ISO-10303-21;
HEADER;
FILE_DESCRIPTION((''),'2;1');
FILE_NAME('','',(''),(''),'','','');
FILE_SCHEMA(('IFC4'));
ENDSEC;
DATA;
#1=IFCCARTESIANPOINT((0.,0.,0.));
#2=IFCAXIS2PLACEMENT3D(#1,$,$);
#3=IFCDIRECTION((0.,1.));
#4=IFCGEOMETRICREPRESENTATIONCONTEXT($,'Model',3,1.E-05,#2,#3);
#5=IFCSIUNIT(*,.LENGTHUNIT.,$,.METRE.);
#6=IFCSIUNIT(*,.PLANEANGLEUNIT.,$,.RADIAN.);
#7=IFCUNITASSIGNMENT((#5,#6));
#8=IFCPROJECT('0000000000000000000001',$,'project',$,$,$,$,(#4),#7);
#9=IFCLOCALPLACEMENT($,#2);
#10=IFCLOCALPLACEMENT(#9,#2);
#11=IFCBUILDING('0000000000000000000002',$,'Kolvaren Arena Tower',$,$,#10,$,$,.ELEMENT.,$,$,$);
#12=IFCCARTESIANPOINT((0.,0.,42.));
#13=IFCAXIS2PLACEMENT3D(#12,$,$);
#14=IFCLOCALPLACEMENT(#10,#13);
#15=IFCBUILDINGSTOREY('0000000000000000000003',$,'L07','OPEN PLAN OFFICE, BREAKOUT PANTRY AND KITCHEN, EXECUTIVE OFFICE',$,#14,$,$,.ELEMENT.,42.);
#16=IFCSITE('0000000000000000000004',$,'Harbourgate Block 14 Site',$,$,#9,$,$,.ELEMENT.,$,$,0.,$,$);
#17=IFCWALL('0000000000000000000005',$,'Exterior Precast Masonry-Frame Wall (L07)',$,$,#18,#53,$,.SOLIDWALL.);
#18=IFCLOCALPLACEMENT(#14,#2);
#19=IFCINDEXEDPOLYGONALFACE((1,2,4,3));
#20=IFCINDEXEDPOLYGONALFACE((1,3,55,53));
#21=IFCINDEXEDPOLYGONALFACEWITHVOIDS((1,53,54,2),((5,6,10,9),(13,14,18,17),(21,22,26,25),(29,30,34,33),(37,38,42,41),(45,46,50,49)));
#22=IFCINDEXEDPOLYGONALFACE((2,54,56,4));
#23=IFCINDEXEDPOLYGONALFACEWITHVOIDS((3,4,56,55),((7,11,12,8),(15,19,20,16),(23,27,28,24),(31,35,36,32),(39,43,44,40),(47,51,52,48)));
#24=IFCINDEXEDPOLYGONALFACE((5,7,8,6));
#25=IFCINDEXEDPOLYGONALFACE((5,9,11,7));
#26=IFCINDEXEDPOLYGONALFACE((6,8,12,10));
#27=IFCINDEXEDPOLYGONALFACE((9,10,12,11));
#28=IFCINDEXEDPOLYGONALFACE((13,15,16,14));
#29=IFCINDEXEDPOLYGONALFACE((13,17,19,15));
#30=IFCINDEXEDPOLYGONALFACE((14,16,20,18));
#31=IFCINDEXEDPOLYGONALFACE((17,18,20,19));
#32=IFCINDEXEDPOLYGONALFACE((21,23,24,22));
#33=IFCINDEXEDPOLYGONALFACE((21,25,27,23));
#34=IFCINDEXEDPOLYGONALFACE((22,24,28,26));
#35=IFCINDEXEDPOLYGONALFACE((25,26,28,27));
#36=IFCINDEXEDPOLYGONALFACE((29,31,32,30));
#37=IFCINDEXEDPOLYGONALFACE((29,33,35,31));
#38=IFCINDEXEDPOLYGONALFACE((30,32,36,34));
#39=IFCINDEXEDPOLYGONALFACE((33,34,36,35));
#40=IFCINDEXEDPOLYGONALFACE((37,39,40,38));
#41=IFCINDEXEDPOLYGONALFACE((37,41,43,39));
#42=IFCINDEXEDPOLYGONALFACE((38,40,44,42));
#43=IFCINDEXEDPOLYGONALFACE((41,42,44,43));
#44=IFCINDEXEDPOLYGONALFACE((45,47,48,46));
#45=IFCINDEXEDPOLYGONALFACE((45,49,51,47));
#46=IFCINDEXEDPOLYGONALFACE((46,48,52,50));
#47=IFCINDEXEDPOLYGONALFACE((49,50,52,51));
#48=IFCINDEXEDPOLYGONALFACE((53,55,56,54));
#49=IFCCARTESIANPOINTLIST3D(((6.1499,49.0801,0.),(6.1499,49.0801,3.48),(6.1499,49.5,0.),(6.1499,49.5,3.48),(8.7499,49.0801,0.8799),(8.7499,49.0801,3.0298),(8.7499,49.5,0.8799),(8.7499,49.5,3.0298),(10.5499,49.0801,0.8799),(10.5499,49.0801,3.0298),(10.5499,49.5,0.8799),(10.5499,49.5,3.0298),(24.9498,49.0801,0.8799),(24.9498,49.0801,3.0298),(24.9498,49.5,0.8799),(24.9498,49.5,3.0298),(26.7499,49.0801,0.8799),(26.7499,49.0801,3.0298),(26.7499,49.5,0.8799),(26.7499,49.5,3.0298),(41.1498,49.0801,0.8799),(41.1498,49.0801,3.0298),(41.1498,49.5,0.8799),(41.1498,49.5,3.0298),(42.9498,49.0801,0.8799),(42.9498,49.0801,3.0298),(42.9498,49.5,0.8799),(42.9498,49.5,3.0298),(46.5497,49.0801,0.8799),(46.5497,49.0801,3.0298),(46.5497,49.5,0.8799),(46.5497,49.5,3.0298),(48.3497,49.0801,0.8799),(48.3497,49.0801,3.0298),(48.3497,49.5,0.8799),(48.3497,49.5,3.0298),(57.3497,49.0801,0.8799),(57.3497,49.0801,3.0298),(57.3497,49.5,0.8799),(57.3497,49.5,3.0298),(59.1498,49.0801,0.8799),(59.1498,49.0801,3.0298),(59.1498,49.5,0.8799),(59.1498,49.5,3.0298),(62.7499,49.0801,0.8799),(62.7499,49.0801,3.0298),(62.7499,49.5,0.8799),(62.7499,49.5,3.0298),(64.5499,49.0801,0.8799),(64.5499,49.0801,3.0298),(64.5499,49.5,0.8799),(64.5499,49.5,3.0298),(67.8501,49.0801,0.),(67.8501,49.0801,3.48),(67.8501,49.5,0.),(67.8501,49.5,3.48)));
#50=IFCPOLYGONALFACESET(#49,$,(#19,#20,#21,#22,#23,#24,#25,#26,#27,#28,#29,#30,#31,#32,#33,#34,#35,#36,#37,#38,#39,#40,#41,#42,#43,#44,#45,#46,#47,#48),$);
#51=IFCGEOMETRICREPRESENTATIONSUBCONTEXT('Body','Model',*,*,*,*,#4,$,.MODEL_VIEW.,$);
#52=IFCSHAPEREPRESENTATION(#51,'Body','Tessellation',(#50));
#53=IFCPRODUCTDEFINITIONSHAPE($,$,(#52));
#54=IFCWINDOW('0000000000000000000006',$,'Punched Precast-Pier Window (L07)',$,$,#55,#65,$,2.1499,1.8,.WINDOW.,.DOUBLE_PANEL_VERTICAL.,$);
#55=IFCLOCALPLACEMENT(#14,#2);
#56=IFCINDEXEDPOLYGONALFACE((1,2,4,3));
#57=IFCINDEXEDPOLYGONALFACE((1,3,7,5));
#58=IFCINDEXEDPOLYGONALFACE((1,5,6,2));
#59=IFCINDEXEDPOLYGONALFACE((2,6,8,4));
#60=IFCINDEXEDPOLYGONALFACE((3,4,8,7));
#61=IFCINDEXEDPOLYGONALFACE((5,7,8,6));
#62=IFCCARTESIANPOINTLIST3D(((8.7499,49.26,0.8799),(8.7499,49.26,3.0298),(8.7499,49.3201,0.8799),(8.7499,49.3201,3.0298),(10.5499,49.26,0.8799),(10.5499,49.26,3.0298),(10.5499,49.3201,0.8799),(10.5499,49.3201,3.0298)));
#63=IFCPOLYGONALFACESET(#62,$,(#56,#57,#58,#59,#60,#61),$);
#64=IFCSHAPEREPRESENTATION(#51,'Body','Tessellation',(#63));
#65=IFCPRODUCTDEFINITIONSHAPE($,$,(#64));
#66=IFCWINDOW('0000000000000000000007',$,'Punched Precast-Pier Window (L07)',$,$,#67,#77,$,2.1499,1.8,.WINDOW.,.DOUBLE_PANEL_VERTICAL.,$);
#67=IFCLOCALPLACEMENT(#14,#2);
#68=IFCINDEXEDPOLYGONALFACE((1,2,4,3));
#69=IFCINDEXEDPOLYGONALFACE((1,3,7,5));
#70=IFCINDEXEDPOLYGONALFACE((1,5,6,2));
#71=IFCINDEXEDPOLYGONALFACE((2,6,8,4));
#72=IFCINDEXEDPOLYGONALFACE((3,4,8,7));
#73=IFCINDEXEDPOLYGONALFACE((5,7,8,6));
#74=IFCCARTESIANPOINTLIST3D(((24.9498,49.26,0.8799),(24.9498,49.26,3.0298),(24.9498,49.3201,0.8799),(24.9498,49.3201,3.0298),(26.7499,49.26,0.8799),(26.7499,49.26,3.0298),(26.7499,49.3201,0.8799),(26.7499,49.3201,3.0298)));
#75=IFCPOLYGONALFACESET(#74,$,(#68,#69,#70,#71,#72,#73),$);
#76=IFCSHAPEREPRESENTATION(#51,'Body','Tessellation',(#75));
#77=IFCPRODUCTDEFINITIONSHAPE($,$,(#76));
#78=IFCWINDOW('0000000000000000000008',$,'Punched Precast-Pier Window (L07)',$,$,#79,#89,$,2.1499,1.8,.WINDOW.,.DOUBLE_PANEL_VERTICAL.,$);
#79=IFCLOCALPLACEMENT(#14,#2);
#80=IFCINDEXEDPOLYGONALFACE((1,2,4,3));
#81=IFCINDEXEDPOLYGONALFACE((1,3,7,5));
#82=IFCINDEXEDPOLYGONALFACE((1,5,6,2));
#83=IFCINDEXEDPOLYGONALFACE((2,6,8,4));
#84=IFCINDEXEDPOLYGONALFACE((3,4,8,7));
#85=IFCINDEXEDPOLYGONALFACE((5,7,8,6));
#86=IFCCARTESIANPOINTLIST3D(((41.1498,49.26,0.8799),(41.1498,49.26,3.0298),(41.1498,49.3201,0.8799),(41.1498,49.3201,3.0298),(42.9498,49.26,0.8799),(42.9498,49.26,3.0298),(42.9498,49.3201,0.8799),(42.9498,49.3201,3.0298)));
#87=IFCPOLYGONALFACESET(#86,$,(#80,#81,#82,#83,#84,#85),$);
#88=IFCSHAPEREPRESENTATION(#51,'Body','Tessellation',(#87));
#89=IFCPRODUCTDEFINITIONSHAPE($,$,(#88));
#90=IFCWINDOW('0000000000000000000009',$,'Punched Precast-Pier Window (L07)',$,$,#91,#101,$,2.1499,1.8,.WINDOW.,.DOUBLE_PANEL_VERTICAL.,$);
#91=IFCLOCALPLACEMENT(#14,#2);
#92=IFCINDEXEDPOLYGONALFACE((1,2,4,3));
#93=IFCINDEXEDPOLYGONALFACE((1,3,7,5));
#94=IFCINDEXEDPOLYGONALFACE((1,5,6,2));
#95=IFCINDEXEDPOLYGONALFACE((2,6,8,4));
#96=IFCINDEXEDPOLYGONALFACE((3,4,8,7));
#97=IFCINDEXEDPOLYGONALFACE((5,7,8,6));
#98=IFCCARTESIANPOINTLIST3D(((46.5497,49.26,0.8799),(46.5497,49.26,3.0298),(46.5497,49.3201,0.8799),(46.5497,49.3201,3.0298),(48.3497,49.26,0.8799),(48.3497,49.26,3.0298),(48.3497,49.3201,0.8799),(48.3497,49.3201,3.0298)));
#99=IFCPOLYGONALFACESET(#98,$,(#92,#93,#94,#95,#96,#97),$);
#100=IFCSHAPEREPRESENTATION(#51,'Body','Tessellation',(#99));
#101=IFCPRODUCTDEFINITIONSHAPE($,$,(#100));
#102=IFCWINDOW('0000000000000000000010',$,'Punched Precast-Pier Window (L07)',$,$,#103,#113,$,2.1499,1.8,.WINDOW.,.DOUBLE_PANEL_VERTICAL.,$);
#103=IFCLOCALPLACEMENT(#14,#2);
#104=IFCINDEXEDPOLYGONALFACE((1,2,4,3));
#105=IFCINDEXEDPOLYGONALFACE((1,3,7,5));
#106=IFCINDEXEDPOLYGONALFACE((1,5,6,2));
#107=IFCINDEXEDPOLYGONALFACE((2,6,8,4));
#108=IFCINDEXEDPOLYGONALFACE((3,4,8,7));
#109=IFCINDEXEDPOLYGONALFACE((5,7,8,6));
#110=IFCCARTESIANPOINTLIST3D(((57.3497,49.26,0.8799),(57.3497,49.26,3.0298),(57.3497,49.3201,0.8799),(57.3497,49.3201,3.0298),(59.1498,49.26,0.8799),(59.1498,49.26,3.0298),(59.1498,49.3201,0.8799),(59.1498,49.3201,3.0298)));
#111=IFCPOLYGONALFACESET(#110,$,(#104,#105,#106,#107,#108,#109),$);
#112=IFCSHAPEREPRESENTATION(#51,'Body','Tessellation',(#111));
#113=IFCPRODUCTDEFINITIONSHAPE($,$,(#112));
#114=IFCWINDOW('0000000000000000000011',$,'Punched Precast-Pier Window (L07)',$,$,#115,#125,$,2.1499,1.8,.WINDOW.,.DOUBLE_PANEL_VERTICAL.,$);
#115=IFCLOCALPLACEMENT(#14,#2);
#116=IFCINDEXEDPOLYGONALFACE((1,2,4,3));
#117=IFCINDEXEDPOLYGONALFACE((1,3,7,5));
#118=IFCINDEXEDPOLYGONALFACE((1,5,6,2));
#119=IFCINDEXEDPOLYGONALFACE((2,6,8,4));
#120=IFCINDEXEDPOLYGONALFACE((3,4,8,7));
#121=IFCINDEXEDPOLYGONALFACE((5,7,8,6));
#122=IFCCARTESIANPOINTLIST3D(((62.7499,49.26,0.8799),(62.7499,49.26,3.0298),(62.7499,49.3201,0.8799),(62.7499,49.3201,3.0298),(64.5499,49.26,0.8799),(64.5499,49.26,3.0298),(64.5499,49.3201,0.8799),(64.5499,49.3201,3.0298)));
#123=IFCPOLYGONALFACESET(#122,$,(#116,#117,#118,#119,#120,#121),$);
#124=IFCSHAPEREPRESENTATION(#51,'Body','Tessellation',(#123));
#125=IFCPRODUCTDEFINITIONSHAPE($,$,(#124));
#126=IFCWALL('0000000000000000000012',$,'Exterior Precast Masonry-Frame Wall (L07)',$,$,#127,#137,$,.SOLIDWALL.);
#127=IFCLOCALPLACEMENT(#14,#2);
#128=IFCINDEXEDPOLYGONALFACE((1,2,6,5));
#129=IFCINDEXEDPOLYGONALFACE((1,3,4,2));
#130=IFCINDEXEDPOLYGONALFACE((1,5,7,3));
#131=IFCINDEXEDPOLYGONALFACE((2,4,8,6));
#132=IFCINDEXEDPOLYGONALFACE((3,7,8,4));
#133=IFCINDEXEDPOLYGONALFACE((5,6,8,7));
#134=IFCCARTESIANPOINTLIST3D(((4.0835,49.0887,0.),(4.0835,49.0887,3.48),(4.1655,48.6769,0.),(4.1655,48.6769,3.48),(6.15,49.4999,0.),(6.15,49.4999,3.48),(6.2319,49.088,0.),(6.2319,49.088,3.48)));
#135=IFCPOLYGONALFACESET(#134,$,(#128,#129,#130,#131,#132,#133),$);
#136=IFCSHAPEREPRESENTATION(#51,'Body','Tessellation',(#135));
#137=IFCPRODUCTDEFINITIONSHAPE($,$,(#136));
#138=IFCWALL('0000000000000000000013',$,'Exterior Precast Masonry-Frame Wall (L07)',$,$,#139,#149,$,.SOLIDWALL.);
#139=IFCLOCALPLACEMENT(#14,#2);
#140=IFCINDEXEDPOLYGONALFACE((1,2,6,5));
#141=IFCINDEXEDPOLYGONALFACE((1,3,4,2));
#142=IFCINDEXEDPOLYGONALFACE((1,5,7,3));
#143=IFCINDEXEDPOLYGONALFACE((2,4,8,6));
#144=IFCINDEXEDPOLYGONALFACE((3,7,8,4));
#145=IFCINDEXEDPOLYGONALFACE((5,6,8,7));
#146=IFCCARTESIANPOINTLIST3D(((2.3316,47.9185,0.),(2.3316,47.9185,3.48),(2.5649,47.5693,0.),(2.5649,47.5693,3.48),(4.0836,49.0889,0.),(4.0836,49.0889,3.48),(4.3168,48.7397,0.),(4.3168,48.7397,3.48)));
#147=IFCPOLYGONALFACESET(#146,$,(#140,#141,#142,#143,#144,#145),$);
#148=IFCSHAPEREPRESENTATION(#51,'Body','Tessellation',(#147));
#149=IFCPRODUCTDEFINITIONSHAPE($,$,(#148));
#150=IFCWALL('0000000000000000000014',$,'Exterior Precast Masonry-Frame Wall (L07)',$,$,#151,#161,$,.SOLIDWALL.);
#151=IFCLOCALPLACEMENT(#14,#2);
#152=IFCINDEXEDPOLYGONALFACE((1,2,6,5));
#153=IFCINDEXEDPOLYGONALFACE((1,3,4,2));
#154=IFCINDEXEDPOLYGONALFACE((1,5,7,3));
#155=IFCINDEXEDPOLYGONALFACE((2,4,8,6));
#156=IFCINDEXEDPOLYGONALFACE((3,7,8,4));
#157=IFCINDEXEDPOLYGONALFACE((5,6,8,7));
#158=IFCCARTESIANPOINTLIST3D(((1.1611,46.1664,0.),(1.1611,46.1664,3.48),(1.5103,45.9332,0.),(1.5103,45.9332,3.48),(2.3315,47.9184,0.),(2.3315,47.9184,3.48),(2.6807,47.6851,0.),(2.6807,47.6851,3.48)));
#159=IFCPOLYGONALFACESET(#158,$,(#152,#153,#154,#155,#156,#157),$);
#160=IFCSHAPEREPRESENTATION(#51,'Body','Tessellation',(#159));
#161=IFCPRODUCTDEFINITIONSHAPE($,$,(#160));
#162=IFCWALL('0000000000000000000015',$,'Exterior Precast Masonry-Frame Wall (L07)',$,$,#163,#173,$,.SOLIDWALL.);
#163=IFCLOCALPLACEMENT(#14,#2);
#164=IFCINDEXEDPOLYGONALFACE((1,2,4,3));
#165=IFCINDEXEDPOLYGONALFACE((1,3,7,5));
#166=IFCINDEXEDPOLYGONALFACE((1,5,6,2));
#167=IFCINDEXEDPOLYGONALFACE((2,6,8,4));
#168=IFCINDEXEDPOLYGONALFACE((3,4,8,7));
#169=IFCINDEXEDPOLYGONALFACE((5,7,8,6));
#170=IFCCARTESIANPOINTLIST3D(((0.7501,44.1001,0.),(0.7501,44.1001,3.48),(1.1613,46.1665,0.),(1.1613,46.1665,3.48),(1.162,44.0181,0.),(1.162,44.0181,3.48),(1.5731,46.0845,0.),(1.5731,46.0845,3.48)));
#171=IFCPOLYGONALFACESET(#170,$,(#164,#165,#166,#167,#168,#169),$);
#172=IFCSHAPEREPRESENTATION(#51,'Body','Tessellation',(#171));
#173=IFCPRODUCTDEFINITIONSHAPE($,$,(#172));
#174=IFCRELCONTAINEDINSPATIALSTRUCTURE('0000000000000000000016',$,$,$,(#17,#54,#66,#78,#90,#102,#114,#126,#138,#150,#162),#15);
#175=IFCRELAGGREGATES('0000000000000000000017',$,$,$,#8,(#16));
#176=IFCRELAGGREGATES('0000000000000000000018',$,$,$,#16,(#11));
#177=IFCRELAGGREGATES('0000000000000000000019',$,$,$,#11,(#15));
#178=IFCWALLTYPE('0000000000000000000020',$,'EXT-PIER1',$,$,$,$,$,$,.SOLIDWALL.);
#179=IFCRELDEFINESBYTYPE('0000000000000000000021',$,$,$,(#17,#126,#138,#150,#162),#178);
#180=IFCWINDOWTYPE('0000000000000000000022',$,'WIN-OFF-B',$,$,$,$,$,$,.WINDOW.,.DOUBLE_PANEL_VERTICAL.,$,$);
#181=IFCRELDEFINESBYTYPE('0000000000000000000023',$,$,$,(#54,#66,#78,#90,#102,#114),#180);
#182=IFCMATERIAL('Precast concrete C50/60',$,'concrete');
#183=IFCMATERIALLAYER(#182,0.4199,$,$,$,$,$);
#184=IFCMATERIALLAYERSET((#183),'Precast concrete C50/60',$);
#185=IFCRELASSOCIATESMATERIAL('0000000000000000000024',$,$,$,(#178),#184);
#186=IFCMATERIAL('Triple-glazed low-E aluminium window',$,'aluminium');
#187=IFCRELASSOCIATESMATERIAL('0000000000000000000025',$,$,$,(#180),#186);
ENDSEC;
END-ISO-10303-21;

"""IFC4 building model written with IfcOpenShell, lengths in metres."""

from ifc_helpers import new_model, si_unit, direction, frame, frame_2d, origin, place, context, subcontext, project, spatial, rectangle, extrude, material, layer, layer_set, type_object, element, fill, save


model = new_model("IFC4")

# Units and contexts
model_context = context("Model", 3, precision=1e-05, world=origin(), true_north=direction((0.0, 1.0)))
body_context = subcontext(model_context, "Body", "Model", "MODEL_VIEW")
ifc_project = project(units=[si_unit("LENGTHUNIT", "METRE"), si_unit("PLANEANGLEUNIT", "RADIAN")], contexts=[model_context])

# Site, building, storey
site_placement = place(None, origin())
site = spatial("IfcSite", under=ifc_project, at=site_placement, Name="Harbourgate Block 14 Site", CompositionType="ELEMENT", RefElevation=0.0)
building_placement = place(site_placement, origin())
building = spatial("IfcBuilding", under=site, at=building_placement, Name="Kolvaren Arena Tower", CompositionType="ELEMENT")
storey_placement = place(building_placement, frame((0.0, 0.0, 42.0)))
storey = spatial("IfcBuildingStorey", under=building, at=storey_placement, Name="L07", Description="OPEN PLAN OFFICE, BREAKOUT PANTRY AND KITCHEN, EXECUTIVE OFFICE", CompositionType="ELEMENT", Elevation=42.0)

# Wall, openings, windows
ifc_material_1 = material(Name="Precast concrete C50/60", Category="concrete")
ifc_layer_1 = layer(ifc_material_1, 0.4199)
ifc_layer_set_1 = layer_set([ifc_layer_1], Name="Precast concrete C50/60")
wall_type_1 = type_object("IfcWallType", Name="EXT-PIER1", PredefinedType="SOLIDWALL", material=ifc_layer_set_1)
wall_1_placement = place(storey_placement, frame((6.1499, 49.29, 0.0), z_axis=(0.0, 0.0, 1.0), x_axis=(1.0, 0.0, 0.0)))
wall_1 = element("IfcWall", 1, at=wall_1_placement, inside=storey, type_object=wall_type_1, Name="Exterior Precast Masonry-Frame Wall (L07)", PredefinedType="SOLIDWALL", context=body_context, shape_type="SweptSolid", body=[
    extrude(rectangle(XDim=61.7002, YDim=0.4199, at=frame_2d((30.8501, 0.0))), origin(), (0.0, 0.0, 1.0), 3.48),
])
opening_1_placement = place(wall_1_placement, frame((2.6001, 0.0, 0.8799)))
opening_1 = element("IfcOpeningElement", 2, at=opening_1_placement, cuts=wall_1, PredefinedType="OPENING", context=body_context, shape_type="SweptSolid", body=[
    extrude(rectangle(XDim=1.8, YDim=2.1499, at=frame_2d((0.8999, 1.075))), frame((0.0, 0.22, 0.0), z_axis=(0.0, -1.0, 0.0), x_axis=(1.0, 0.0, 0.0)), (0.0, 0.0, 1.0), 0.4399),
])
opening_2_placement = place(wall_1_placement, frame((18.8, 0.0, 0.8799)))
opening_2 = element("IfcOpeningElement", 3, at=opening_2_placement, cuts=wall_1, PredefinedType="OPENING", context=body_context, shape_type="SweptSolid", body=[
    extrude(rectangle(XDim=1.8, YDim=2.1499, at=frame_2d((0.8999, 1.075))), frame((0.0, 0.22, 0.0), z_axis=(0.0, -1.0, 0.0), x_axis=(1.0, 0.0, 0.0)), (0.0, 0.0, 1.0), 0.4399),
])
opening_3_placement = place(wall_1_placement, frame((35.0, 0.0, 0.8799)))
opening_3 = element("IfcOpeningElement", 4, at=opening_3_placement, cuts=wall_1, PredefinedType="OPENING", context=body_context, shape_type="SweptSolid", body=[
    extrude(rectangle(XDim=1.8, YDim=2.1499, at=frame_2d((0.8999, 1.075))), frame((0.0, 0.22, 0.0), z_axis=(0.0, -1.0, 0.0), x_axis=(1.0, 0.0, 0.0)), (0.0, 0.0, 1.0), 0.4399),
])
opening_4_placement = place(wall_1_placement, frame((40.3999, 0.0, 0.8799)))
opening_4 = element("IfcOpeningElement", 5, at=opening_4_placement, cuts=wall_1, PredefinedType="OPENING", context=body_context, shape_type="SweptSolid", body=[
    extrude(rectangle(XDim=1.8, YDim=2.1499, at=frame_2d((0.8999, 1.075))), frame((0.0, 0.22, 0.0), z_axis=(0.0, -1.0, 0.0), x_axis=(1.0, 0.0, 0.0)), (0.0, 0.0, 1.0), 0.4399),
])
opening_5_placement = place(wall_1_placement, frame((51.2, 0.0, 0.8799)))
opening_5 = element("IfcOpeningElement", 6, at=opening_5_placement, cuts=wall_1, PredefinedType="OPENING", context=body_context, shape_type="SweptSolid", body=[
    extrude(rectangle(XDim=1.8, YDim=2.1499, at=frame_2d((0.8999, 1.075))), frame((0.0, 0.22, 0.0), z_axis=(0.0, -1.0, 0.0), x_axis=(1.0, 0.0, 0.0)), (0.0, 0.0, 1.0), 0.4399),
])
opening_6_placement = place(wall_1_placement, frame((56.6001, 0.0, 0.8799)))
opening_6 = element("IfcOpeningElement", 7, at=opening_6_placement, cuts=wall_1, PredefinedType="OPENING", context=body_context, shape_type="SweptSolid", body=[
    extrude(rectangle(XDim=1.8, YDim=2.1499, at=frame_2d((0.8999, 1.075))), frame((0.0, 0.22, 0.0), z_axis=(0.0, -1.0, 0.0), x_axis=(1.0, 0.0, 0.0)), (0.0, 0.0, 1.0), 0.4399),
])
ifc_material_2 = material(Name="Triple-glazed low-E aluminium window", Category="aluminium")
window_type = type_object("IfcWindowType", Name="WIN-OFF-B", PartitioningType="DOUBLE_PANEL_VERTICAL", PredefinedType="WINDOW", material=ifc_material_2)
window_1_placement = place(opening_1_placement, origin())
window_1 = element("IfcWindow", 8, at=window_1_placement, inside=storey, type_object=window_type, Name="Punched Precast-Pier Window (L07)", OverallHeight=2.1499, OverallWidth=1.8, PartitioningType="DOUBLE_PANEL_VERTICAL", PredefinedType="WINDOW", context=body_context, shape_type="SweptSolid", body=[
    extrude(rectangle(XDim=1.8, YDim=2.1499, at=frame_2d((0.8999, 1.075))), frame((0.0, 0.03, 0.0), z_axis=(0.0, -1.0, 0.0), x_axis=(1.0, 0.0, 0.0)), (0.0, 0.0, 1.0), 0.0601),
])
fill(opening_1, window_1)
window_2_placement = place(opening_2_placement, origin())
window_2 = element("IfcWindow", 9, at=window_2_placement, inside=storey, type_object=window_type, Name="Punched Precast-Pier Window (L07)", OverallHeight=2.1499, OverallWidth=1.8, PartitioningType="DOUBLE_PANEL_VERTICAL", PredefinedType="WINDOW", context=body_context, shape_type="SweptSolid", body=[
    extrude(rectangle(XDim=1.8, YDim=2.1499, at=frame_2d((0.8999, 1.075))), frame((0.0, 0.03, 0.0), z_axis=(0.0, -1.0, 0.0), x_axis=(1.0, 0.0, 0.0)), (0.0, 0.0, 1.0), 0.0601),
])
fill(opening_2, window_2)
window_3_placement = place(opening_3_placement, origin())
window_3 = element("IfcWindow", 10, at=window_3_placement, inside=storey, type_object=window_type, Name="Punched Precast-Pier Window (L07)", OverallHeight=2.1499, OverallWidth=1.8, PartitioningType="DOUBLE_PANEL_VERTICAL", PredefinedType="WINDOW", context=body_context, shape_type="SweptSolid", body=[
    extrude(rectangle(XDim=1.8, YDim=2.1499, at=frame_2d((0.8999, 1.075))), frame((0.0, 0.03, 0.0), z_axis=(0.0, -1.0, 0.0), x_axis=(1.0, 0.0, 0.0)), (0.0, 0.0, 1.0), 0.0601),
])
fill(opening_3, window_3)
window_4_placement = place(opening_4_placement, origin())
window_4 = element("IfcWindow", 11, at=window_4_placement, inside=storey, type_object=window_type, Name="Punched Precast-Pier Window (L07)", OverallHeight=2.1499, OverallWidth=1.8, PartitioningType="DOUBLE_PANEL_VERTICAL", PredefinedType="WINDOW", context=body_context, shape_type="SweptSolid", body=[
    extrude(rectangle(XDim=1.8, YDim=2.1499, at=frame_2d((0.8999, 1.075))), frame((0.0, 0.03, 0.0), z_axis=(0.0, -1.0, 0.0), x_axis=(1.0, 0.0, 0.0)), (0.0, 0.0, 1.0), 0.0601),
])
fill(opening_4, window_4)
window_5_placement = place(opening_5_placement, origin())
window_5 = element("IfcWindow", 12, at=window_5_placement, inside=storey, type_object=window_type, Name="Punched Precast-Pier Window (L07)", OverallHeight=2.1499, OverallWidth=1.8, PartitioningType="DOUBLE_PANEL_VERTICAL", PredefinedType="WINDOW", context=body_context, shape_type="SweptSolid", body=[
    extrude(rectangle(XDim=1.8, YDim=2.1499, at=frame_2d((0.8999, 1.075))), frame((0.0, 0.03, 0.0), z_axis=(0.0, -1.0, 0.0), x_axis=(1.0, 0.0, 0.0)), (0.0, 0.0, 1.0), 0.0601),
])
fill(opening_5, window_5)
window_6_placement = place(opening_6_placement, origin())
window_6 = element("IfcWindow", 13, at=window_6_placement, inside=storey, type_object=window_type, Name="Punched Precast-Pier Window (L07)", OverallHeight=2.1499, OverallWidth=1.8, PartitioningType="DOUBLE_PANEL_VERTICAL", PredefinedType="WINDOW", context=body_context, shape_type="SweptSolid", body=[
    extrude(rectangle(XDim=1.8, YDim=2.1499, at=frame_2d((0.8999, 1.075))), frame((0.0, 0.03, 0.0), z_axis=(0.0, -1.0, 0.0), x_axis=(1.0, 0.0, 0.0)), (0.0, 0.0, 1.0), 0.0601),
])
fill(opening_6, window_6)

# Walls
for number, where, z_axis, x_axis, name in (
    (14, (4.1245, 48.8828, 0.0), (0.0, 0.0, 1.0), (0.980776, 0.195136, 0.0), "Exterior Precast Masonry-Frame Wall (L07)"),
    (15, (2.4482, 47.7439, 0.0), (0.0, 0.0, 1.0), (0.831515, 0.555502, 0.0), "Exterior Precast Masonry-Frame Wall (L07)"),
    (16, (1.3357, 46.0498, 0.0), (0.0, 0.0, 1.0), (0.555502, 0.831515, 0.0), "Exterior Precast Masonry-Frame Wall (L07)"),
    (17, (0.9561, 44.0591, 0.0), (0.0, 0.0, 1.0), (0.195136, 0.980776, 0.0), "Exterior Precast Masonry-Frame Wall (L07)"),
):
    element("IfcWall", number, at=place(storey_placement, frame(where, z_axis=z_axis, x_axis=x_axis)), inside=storey, type_object=wall_type_1, Name=name, PredefinedType="SOLIDWALL", context=body_context, shape_type="SweptSolid", body=[
        extrude(rectangle(XDim=2.1069, YDim=0.4199, at=frame_2d((1.0535, 0.0))), origin(), (0.0, 0.0, 1.0), 3.48),
    ])

save(model, "model.ifc")
